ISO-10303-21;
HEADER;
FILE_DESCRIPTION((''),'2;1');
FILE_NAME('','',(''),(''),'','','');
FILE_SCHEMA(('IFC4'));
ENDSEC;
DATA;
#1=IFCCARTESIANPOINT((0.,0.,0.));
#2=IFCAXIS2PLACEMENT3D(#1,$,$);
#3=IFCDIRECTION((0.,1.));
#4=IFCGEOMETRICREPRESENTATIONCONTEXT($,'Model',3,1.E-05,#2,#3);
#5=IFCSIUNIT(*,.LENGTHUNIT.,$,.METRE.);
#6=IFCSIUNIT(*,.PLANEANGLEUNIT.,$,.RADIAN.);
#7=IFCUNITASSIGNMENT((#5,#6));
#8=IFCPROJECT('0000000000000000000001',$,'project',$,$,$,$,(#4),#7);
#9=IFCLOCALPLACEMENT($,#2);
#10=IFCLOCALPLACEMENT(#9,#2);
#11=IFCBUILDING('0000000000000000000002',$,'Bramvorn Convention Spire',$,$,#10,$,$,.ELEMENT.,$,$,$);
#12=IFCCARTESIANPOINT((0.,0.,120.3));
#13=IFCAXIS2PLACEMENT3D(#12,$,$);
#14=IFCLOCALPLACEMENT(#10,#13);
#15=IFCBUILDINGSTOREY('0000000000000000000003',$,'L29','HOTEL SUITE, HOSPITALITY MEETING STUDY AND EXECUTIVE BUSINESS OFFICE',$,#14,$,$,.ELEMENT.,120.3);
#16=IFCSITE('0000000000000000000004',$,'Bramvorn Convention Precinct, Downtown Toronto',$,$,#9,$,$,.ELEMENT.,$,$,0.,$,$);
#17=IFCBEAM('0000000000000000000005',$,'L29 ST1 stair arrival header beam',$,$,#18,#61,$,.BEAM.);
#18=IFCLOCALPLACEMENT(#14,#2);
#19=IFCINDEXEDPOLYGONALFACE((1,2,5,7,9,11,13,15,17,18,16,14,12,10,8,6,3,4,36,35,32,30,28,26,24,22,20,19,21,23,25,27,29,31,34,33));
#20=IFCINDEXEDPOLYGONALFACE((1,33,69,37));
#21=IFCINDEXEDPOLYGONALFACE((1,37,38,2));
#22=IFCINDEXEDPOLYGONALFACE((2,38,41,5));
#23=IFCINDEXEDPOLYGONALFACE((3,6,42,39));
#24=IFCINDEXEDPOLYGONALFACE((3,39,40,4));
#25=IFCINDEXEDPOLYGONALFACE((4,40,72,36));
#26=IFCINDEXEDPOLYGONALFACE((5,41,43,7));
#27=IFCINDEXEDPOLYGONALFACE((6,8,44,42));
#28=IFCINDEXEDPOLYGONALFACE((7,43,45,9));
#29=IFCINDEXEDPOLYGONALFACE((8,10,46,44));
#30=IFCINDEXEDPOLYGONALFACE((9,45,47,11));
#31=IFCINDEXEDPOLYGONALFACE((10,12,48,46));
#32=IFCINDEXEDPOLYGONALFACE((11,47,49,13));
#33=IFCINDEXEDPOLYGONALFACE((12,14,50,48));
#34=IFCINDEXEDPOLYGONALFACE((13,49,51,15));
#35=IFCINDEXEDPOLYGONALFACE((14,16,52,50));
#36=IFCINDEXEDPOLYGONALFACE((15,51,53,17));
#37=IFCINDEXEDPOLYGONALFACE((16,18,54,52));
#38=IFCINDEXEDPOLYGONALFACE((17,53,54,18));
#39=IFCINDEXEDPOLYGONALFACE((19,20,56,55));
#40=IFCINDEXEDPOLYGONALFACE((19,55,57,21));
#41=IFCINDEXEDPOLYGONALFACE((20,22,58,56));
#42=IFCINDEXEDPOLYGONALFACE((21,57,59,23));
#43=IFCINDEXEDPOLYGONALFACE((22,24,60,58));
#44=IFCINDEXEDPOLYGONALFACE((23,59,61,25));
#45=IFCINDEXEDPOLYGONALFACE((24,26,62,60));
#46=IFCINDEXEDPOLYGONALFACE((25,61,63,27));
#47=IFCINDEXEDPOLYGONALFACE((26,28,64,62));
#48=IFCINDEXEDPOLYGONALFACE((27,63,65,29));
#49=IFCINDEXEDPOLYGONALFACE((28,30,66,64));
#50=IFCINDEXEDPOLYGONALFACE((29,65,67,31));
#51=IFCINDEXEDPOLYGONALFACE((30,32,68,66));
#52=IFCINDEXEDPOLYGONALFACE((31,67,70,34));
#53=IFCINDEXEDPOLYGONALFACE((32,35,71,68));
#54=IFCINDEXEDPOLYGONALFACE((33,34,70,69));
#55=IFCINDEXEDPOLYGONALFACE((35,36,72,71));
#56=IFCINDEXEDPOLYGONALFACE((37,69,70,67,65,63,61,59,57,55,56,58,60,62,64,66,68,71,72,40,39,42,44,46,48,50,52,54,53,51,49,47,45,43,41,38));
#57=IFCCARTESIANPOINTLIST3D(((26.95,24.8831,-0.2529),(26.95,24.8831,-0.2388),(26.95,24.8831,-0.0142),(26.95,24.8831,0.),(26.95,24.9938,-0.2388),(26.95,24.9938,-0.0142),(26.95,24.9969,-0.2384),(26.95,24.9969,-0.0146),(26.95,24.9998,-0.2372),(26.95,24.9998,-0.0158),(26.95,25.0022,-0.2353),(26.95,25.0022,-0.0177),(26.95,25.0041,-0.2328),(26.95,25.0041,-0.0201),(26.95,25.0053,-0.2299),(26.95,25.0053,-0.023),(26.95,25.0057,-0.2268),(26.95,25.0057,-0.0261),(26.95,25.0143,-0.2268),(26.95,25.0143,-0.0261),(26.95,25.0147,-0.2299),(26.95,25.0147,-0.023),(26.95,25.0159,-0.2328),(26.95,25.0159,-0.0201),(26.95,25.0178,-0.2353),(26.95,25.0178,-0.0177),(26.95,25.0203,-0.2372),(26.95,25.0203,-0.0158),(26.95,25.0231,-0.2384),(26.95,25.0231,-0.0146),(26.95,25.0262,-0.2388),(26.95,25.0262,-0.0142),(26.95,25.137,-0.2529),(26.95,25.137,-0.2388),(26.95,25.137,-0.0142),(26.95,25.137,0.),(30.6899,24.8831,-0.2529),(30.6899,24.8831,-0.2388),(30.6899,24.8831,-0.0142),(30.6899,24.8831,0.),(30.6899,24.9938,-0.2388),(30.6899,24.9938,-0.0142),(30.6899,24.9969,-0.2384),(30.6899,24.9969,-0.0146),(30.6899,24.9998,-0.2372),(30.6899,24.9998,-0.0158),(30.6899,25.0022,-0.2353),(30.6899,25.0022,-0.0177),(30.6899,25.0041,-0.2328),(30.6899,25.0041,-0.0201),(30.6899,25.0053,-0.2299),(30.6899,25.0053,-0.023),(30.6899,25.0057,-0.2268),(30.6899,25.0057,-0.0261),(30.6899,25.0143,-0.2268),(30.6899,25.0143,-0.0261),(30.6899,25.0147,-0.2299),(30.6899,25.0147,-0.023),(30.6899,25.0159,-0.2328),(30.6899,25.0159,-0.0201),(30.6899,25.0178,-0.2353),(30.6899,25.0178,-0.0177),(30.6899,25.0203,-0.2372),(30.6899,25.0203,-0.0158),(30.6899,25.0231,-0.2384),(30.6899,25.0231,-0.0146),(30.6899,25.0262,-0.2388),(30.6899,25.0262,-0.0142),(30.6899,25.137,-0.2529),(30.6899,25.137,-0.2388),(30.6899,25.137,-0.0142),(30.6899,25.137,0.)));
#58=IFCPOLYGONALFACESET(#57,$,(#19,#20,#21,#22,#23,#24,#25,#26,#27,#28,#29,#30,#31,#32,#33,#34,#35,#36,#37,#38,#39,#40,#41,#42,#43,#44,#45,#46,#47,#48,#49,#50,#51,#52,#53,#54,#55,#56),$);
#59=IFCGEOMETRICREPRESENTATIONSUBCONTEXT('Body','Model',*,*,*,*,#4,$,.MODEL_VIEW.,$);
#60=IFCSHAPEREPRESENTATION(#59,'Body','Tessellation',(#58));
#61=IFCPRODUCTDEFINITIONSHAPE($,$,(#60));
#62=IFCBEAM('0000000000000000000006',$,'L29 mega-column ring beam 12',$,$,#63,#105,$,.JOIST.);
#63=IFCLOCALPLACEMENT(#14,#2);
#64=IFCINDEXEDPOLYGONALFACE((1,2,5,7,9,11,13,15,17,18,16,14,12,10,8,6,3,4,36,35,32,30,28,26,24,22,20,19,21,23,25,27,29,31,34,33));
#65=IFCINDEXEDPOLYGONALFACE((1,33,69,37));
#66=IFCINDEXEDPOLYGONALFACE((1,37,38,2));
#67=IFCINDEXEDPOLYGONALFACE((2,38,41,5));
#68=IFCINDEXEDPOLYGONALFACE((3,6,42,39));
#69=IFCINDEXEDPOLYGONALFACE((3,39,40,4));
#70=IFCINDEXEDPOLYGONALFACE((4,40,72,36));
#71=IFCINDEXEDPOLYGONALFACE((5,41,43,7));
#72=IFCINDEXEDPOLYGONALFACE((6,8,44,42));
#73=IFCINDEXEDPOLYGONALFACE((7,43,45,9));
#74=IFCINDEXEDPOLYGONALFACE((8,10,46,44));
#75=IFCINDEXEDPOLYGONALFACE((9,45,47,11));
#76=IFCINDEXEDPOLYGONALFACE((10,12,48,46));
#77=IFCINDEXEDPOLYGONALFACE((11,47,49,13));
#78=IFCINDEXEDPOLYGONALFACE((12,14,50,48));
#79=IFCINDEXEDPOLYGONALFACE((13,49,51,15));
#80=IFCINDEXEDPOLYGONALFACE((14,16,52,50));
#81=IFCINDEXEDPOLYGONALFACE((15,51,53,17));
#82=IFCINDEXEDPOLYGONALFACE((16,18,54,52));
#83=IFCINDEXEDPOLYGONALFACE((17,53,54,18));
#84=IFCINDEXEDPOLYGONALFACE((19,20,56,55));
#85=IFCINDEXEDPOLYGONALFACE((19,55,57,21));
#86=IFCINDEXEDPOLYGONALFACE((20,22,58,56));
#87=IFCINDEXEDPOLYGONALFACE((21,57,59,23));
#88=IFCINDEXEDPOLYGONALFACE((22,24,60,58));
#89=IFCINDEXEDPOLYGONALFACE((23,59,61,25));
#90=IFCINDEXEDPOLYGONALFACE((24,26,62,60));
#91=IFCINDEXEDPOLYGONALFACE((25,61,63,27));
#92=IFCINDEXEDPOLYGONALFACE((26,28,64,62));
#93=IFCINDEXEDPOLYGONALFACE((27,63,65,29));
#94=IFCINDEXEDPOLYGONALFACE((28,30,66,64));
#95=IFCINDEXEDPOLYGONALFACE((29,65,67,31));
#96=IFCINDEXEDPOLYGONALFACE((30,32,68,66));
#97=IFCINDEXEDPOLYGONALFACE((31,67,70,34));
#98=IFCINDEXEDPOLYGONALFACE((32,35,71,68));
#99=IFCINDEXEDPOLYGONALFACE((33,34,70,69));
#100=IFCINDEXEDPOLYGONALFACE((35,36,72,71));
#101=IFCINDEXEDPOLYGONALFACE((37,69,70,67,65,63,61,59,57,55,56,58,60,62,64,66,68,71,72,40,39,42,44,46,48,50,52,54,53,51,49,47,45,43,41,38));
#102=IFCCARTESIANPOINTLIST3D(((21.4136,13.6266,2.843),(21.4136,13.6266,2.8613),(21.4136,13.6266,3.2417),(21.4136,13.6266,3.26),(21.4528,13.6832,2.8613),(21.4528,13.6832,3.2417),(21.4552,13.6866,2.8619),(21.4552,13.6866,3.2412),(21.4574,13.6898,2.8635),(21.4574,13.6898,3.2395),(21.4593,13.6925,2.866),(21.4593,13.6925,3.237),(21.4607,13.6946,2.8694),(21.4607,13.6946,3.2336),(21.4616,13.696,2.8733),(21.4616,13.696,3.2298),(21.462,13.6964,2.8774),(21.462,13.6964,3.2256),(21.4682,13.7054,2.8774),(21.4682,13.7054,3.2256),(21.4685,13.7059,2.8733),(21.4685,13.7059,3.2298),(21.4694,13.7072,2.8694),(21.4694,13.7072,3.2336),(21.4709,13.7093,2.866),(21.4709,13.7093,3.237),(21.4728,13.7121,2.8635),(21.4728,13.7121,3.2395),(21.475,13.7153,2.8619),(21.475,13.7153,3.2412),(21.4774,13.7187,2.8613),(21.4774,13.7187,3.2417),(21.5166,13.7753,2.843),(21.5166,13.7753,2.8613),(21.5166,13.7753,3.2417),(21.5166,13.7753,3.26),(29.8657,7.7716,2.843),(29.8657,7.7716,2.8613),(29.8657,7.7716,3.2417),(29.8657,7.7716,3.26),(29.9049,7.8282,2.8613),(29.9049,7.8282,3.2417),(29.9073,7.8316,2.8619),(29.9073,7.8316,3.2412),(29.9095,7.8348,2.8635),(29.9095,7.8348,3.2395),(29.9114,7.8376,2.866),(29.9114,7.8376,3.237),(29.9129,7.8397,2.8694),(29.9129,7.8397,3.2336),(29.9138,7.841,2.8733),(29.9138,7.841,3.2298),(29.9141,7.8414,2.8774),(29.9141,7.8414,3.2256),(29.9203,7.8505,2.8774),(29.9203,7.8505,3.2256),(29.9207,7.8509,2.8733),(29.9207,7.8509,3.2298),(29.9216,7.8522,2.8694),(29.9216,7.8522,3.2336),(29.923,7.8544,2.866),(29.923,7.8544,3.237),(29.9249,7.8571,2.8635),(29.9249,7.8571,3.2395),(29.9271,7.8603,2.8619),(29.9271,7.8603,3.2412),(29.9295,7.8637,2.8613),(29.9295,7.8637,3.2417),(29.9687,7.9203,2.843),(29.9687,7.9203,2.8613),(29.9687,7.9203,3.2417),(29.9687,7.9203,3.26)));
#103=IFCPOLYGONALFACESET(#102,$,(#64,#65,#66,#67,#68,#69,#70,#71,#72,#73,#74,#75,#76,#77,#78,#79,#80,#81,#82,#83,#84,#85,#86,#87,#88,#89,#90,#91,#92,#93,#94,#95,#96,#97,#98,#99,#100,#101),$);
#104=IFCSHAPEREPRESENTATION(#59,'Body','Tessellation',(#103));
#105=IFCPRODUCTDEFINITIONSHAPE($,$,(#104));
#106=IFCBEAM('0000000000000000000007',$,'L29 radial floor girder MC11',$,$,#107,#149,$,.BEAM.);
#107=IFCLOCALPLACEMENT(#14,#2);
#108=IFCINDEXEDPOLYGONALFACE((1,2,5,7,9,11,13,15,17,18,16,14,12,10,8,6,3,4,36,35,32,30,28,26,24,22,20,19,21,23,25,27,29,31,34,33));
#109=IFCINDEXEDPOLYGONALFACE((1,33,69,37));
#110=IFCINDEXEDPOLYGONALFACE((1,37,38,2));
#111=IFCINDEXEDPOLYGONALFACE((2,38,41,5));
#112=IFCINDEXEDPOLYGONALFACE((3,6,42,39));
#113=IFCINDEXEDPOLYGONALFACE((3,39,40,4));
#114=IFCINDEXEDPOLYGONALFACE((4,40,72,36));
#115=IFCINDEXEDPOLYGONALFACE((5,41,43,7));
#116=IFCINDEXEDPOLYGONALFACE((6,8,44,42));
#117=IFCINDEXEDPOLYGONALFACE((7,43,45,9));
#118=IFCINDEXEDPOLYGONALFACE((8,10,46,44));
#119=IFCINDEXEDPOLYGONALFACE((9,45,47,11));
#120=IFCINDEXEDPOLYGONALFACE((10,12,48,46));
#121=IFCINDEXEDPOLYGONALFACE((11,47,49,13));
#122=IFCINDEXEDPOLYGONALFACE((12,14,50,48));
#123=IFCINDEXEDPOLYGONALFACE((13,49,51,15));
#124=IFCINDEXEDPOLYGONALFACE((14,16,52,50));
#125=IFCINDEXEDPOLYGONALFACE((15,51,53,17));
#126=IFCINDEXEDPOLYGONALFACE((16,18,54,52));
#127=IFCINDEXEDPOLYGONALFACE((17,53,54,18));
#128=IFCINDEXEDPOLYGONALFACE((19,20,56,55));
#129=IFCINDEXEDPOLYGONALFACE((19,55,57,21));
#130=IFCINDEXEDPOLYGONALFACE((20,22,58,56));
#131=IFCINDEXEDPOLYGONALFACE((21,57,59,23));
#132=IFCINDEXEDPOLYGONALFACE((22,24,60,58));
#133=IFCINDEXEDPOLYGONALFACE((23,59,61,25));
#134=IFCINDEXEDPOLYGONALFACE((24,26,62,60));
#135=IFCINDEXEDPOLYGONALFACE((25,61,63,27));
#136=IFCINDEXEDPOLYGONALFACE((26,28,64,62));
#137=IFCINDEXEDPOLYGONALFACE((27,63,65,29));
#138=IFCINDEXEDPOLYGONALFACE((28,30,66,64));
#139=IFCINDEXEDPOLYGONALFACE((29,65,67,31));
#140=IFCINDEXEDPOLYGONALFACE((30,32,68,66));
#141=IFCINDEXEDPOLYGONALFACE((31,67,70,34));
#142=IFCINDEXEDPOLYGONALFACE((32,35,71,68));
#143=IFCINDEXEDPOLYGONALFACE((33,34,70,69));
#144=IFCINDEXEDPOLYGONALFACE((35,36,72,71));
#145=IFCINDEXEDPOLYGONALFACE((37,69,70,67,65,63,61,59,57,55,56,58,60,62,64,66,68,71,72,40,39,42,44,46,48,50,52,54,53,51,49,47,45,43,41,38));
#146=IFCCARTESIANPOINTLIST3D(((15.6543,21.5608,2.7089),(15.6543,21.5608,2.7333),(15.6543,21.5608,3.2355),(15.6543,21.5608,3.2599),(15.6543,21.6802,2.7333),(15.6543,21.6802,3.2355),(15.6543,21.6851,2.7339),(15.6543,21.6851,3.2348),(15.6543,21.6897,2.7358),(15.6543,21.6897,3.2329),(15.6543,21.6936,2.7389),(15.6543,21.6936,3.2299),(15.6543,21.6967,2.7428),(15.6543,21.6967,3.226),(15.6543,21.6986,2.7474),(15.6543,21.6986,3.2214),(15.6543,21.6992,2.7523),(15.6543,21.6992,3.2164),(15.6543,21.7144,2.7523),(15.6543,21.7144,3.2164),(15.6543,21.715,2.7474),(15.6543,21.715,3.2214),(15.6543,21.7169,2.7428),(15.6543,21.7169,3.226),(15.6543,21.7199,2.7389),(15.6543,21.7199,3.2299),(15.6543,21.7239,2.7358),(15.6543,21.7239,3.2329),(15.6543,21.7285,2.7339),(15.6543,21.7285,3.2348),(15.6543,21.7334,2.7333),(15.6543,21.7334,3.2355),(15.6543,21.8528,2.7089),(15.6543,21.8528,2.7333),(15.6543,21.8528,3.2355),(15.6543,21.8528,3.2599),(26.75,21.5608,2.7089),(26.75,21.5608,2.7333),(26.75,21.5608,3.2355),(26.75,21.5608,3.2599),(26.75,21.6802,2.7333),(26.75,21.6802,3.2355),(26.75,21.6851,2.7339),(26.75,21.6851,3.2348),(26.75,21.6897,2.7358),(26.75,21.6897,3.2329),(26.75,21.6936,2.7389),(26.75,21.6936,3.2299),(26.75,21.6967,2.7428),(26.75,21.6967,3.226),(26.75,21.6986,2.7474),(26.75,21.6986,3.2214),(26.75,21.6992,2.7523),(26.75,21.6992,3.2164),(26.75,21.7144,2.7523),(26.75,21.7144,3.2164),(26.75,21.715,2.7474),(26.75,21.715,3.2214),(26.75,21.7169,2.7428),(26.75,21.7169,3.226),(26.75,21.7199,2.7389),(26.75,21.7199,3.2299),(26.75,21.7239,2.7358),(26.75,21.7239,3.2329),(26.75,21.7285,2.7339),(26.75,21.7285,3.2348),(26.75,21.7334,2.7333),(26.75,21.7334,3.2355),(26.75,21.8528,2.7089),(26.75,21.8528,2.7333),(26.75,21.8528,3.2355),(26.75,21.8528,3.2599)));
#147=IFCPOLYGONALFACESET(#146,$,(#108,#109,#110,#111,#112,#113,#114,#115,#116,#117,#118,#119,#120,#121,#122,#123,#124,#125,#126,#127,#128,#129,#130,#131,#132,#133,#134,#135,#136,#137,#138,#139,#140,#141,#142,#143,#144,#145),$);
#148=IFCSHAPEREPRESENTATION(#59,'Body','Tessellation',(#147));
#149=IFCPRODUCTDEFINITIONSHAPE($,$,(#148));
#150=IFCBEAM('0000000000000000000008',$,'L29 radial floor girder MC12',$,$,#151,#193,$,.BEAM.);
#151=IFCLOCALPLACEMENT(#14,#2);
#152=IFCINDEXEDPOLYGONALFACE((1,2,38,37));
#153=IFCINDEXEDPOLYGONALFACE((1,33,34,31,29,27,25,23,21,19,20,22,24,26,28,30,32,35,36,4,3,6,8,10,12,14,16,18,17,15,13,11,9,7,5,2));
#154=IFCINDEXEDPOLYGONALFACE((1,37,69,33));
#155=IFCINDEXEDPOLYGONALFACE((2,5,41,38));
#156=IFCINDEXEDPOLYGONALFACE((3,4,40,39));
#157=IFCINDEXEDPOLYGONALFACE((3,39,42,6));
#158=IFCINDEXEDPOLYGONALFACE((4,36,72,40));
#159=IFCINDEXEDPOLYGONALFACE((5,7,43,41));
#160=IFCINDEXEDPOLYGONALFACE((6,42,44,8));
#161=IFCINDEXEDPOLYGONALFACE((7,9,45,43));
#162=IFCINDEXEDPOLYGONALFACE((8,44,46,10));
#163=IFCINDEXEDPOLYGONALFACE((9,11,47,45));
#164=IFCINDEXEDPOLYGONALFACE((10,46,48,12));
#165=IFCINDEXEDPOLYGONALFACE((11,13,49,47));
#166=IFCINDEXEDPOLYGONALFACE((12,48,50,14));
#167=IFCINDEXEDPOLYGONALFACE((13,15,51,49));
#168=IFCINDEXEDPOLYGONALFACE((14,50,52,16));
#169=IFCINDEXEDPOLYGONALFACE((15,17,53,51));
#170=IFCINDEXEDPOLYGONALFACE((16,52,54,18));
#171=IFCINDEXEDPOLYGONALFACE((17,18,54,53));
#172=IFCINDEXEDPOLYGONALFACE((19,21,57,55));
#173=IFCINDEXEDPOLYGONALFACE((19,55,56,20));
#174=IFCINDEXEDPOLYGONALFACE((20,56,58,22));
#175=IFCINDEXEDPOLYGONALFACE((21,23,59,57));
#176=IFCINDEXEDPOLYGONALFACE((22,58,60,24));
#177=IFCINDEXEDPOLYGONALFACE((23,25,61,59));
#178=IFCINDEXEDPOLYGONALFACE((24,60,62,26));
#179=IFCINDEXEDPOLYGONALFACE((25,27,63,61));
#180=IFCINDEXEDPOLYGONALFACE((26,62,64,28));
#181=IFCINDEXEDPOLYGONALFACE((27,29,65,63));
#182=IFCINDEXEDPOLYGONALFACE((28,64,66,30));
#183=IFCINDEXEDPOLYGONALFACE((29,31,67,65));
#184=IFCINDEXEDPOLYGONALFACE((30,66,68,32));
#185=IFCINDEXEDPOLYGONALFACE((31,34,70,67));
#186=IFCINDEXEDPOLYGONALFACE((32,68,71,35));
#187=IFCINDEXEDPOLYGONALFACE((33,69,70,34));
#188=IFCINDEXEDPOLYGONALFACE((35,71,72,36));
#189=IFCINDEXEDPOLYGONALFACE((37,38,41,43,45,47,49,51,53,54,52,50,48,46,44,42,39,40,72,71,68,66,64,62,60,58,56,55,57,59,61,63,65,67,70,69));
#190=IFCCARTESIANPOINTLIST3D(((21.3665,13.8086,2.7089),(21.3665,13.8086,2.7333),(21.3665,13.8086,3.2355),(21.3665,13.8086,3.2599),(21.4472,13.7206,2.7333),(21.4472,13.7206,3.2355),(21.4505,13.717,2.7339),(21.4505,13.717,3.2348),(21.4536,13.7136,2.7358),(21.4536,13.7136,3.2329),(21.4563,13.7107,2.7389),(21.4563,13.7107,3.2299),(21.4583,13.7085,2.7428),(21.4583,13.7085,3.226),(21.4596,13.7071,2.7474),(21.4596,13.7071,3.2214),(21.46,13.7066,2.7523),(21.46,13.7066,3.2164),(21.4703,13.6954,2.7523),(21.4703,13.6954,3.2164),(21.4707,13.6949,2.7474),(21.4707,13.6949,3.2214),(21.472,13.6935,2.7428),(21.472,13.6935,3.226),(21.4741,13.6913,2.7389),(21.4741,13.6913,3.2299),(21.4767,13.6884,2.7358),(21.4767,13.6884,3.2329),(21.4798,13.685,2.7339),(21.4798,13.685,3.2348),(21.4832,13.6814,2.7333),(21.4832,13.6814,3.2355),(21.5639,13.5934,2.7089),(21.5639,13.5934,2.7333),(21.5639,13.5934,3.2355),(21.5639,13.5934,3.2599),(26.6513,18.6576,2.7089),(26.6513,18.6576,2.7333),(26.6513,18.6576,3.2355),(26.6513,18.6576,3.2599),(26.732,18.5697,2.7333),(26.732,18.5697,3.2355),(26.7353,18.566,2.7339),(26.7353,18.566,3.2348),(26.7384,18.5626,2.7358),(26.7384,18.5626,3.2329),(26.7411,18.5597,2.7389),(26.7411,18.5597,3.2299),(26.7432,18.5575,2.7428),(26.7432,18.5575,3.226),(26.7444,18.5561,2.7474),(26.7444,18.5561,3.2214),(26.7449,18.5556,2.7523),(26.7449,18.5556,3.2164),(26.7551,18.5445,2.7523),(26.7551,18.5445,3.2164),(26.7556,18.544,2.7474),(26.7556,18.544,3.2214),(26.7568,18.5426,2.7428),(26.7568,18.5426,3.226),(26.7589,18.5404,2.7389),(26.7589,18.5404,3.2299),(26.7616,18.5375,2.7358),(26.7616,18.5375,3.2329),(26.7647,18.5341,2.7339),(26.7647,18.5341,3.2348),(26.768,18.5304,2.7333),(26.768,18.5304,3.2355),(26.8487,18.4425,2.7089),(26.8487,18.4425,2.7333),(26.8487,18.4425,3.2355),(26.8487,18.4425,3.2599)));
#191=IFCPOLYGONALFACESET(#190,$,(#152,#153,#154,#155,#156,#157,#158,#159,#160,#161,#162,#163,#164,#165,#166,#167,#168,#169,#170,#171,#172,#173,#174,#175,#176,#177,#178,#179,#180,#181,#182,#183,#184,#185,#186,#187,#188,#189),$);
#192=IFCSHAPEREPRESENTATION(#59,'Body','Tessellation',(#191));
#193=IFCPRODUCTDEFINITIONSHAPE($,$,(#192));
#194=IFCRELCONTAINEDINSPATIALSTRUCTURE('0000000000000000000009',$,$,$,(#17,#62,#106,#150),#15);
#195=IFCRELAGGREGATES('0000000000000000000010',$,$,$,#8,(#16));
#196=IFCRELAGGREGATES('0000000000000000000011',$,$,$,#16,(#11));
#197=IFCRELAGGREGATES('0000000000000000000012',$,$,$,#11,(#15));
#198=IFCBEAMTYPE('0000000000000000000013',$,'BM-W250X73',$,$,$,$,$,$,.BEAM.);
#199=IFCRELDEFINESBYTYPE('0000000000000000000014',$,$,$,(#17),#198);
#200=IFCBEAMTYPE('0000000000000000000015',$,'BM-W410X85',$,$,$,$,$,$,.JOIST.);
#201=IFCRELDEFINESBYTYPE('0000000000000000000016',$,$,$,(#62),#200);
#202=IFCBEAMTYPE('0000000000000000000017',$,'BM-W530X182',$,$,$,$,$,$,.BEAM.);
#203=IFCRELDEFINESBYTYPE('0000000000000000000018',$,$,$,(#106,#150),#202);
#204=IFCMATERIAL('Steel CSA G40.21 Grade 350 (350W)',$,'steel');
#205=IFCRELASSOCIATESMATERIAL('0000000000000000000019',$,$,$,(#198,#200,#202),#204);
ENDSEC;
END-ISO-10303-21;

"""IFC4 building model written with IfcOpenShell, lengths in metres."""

from ifc_helpers import new_model, si_unit, direction, frame, origin, origin_2d, place, context, subcontext, project, spatial, i_section, extrude, material, material_profile, profile_set, type_object, element, save


model = new_model("IFC4")

# Units and contexts
model_context = context("Model", 3, precision=1e-05, world=origin(), true_north=direction((0.0, 1.0)))
body_context = subcontext(model_context, "Body", "Model", "MODEL_VIEW")
ifc_project = project(units=[si_unit("LENGTHUNIT", "METRE"), si_unit("PLANEANGLEUNIT", "RADIAN")], contexts=[model_context])

# Site, building, storey
site_placement = place(None, origin())
site = spatial("IfcSite", under=ifc_project, at=site_placement, Name="Bramvorn Convention Precinct, Downtown Toronto", CompositionType="ELEMENT", RefElevation=0.0)
building_placement = place(site_placement, origin())
building = spatial("IfcBuilding", under=site, at=building_placement, Name="Bramvorn Convention Spire", CompositionType="ELEMENT")
storey_placement = place(building_placement, frame((0.0, 0.0, 120.3)))
storey = spatial("IfcBuildingStorey", under=building, at=storey_placement, Name="L29", Description="HOTEL SUITE, HOSPITALITY MEETING STUDY AND EXECUTIVE BUSINESS OFFICE", CompositionType="ELEMENT", Elevation=120.3)

# Shared definitions
ifc_material_1 = material(Name="Steel CSA G40.21 Grade 350 (350W)", Category="steel")

# Beams
ifc_material_profile_1 = material_profile(ifc_material_1, i_section(OverallWidth=0.2539, OverallDepth=0.2529, WebThickness=0.0085, FlangeThickness=0.0142, FilletRadius=0.012, at=origin_2d()))
ifc_profile_set_1 = profile_set([ifc_material_profile_1], Name="Steel CSA G40.21 Grade 350 (350W) - W250X73")
beam_type_1 = type_object("IfcBeamType", Name="BM-W250X73", PredefinedType="BEAM", material=ifc_profile_set_1)
beam_1_placement = place(storey_placement, frame((26.95, 25.01, -0.1265), z_axis=(1.0, 0.0, 0.0), x_axis=(0.0, 1.0, 0.0)))
element("IfcBeam", 1, at=beam_1_placement, inside=storey, type_object=beam_type_1, Name="L29 ST1 stair arrival header beam", PredefinedType="BEAM", context=body_context, shape_type="SweptSolid", body=[
    extrude(i_section(OverallWidth=0.2539, OverallDepth=0.2529, WebThickness=0.0085, FlangeThickness=0.0142, FilletRadius=0.012, at=origin_2d()), origin(), (0.0, 0.0, 1.0), 3.74),
])
ifc_material_profile_2 = material_profile(ifc_material_1, i_section(OverallWidth=0.1809, OverallDepth=0.417, WebThickness=0.011, FlangeThickness=0.0183, FilletRadius=0.0161, at=origin_2d()))
ifc_profile_set_2 = profile_set([ifc_material_profile_2], Name="Steel CSA G40.21 Grade 350 (350W) - W410X85")
beam_type_2 = type_object("IfcBeamType", Name="BM-W410X85", PredefinedType="JOIST", material=ifc_profile_set_2)
beam_2_placement = place(storey_placement, frame((21.4651, 13.7009, 3.0515), z_axis=(0.822033, -0.56944, 0.0), x_axis=(0.56944, 0.822033, 0.0)))
element("IfcBeam", 2, at=beam_2_placement, inside=storey, type_object=beam_type_2, Name="L29 mega-column ring beam 12", PredefinedType="JOIST", context=body_context, shape_type="SweptSolid", body=[
    extrude(i_section(OverallWidth=0.1809, OverallDepth=0.417, WebThickness=0.011, FlangeThickness=0.0183, FilletRadius=0.0161, at=origin_2d()), origin(), (0.0, 0.0, 1.0), 10.282),
])
ifc_material_profile_3 = material_profile(ifc_material_1, i_section(OverallWidth=0.292, OverallDepth=0.551, WebThickness=0.0151, FlangeThickness=0.0244, FilletRadius=0.019, at=origin_2d()))
ifc_profile_set_3 = profile_set([ifc_material_profile_3], Name="Steel CSA G40.21 Grade 350 (350W) - W530X182")
beam_type_3 = type_object("IfcBeamType", Name="BM-W530X182", PredefinedType="BEAM", material=ifc_profile_set_3)
beam_3_placement = place(storey_placement, frame((26.75, 21.7068, 2.9844), z_axis=(-1.0, 0.0, 0.0), x_axis=(0.0, -1.0, 0.0)))
element("IfcBeam", 3, at=beam_3_placement, inside=storey, type_object=beam_type_3, Name="L29 radial floor girder MC11", PredefinedType="BEAM", context=body_context, shape_type="SweptSolid", body=[
    extrude(i_section(OverallWidth=0.292, OverallDepth=0.551, WebThickness=0.0151, FlangeThickness=0.0244, FilletRadius=0.019, at=origin_2d()), origin(), (0.0, 0.0, 1.0), 11.0957),
])
beam_4_placement = place(storey_placement, frame((26.75, 18.55, 2.9844), z_axis=(-0.736833, -0.676074, 0.0), x_axis=(0.676074, -0.736833, 0.0)))
element("IfcBeam", 4, at=beam_4_placement, inside=storey, type_object=beam_type_3, Name="L29 radial floor girder MC12", PredefinedType="BEAM", context=body_context, shape_type="SweptSolid", body=[
    extrude(i_section(OverallWidth=0.292, OverallDepth=0.551, WebThickness=0.0151, FlangeThickness=0.0244, FilletRadius=0.019, at=origin_2d()), origin(), (0.0, 0.0, 1.0), 7.1724),
])

save(model, "model.ifc")
